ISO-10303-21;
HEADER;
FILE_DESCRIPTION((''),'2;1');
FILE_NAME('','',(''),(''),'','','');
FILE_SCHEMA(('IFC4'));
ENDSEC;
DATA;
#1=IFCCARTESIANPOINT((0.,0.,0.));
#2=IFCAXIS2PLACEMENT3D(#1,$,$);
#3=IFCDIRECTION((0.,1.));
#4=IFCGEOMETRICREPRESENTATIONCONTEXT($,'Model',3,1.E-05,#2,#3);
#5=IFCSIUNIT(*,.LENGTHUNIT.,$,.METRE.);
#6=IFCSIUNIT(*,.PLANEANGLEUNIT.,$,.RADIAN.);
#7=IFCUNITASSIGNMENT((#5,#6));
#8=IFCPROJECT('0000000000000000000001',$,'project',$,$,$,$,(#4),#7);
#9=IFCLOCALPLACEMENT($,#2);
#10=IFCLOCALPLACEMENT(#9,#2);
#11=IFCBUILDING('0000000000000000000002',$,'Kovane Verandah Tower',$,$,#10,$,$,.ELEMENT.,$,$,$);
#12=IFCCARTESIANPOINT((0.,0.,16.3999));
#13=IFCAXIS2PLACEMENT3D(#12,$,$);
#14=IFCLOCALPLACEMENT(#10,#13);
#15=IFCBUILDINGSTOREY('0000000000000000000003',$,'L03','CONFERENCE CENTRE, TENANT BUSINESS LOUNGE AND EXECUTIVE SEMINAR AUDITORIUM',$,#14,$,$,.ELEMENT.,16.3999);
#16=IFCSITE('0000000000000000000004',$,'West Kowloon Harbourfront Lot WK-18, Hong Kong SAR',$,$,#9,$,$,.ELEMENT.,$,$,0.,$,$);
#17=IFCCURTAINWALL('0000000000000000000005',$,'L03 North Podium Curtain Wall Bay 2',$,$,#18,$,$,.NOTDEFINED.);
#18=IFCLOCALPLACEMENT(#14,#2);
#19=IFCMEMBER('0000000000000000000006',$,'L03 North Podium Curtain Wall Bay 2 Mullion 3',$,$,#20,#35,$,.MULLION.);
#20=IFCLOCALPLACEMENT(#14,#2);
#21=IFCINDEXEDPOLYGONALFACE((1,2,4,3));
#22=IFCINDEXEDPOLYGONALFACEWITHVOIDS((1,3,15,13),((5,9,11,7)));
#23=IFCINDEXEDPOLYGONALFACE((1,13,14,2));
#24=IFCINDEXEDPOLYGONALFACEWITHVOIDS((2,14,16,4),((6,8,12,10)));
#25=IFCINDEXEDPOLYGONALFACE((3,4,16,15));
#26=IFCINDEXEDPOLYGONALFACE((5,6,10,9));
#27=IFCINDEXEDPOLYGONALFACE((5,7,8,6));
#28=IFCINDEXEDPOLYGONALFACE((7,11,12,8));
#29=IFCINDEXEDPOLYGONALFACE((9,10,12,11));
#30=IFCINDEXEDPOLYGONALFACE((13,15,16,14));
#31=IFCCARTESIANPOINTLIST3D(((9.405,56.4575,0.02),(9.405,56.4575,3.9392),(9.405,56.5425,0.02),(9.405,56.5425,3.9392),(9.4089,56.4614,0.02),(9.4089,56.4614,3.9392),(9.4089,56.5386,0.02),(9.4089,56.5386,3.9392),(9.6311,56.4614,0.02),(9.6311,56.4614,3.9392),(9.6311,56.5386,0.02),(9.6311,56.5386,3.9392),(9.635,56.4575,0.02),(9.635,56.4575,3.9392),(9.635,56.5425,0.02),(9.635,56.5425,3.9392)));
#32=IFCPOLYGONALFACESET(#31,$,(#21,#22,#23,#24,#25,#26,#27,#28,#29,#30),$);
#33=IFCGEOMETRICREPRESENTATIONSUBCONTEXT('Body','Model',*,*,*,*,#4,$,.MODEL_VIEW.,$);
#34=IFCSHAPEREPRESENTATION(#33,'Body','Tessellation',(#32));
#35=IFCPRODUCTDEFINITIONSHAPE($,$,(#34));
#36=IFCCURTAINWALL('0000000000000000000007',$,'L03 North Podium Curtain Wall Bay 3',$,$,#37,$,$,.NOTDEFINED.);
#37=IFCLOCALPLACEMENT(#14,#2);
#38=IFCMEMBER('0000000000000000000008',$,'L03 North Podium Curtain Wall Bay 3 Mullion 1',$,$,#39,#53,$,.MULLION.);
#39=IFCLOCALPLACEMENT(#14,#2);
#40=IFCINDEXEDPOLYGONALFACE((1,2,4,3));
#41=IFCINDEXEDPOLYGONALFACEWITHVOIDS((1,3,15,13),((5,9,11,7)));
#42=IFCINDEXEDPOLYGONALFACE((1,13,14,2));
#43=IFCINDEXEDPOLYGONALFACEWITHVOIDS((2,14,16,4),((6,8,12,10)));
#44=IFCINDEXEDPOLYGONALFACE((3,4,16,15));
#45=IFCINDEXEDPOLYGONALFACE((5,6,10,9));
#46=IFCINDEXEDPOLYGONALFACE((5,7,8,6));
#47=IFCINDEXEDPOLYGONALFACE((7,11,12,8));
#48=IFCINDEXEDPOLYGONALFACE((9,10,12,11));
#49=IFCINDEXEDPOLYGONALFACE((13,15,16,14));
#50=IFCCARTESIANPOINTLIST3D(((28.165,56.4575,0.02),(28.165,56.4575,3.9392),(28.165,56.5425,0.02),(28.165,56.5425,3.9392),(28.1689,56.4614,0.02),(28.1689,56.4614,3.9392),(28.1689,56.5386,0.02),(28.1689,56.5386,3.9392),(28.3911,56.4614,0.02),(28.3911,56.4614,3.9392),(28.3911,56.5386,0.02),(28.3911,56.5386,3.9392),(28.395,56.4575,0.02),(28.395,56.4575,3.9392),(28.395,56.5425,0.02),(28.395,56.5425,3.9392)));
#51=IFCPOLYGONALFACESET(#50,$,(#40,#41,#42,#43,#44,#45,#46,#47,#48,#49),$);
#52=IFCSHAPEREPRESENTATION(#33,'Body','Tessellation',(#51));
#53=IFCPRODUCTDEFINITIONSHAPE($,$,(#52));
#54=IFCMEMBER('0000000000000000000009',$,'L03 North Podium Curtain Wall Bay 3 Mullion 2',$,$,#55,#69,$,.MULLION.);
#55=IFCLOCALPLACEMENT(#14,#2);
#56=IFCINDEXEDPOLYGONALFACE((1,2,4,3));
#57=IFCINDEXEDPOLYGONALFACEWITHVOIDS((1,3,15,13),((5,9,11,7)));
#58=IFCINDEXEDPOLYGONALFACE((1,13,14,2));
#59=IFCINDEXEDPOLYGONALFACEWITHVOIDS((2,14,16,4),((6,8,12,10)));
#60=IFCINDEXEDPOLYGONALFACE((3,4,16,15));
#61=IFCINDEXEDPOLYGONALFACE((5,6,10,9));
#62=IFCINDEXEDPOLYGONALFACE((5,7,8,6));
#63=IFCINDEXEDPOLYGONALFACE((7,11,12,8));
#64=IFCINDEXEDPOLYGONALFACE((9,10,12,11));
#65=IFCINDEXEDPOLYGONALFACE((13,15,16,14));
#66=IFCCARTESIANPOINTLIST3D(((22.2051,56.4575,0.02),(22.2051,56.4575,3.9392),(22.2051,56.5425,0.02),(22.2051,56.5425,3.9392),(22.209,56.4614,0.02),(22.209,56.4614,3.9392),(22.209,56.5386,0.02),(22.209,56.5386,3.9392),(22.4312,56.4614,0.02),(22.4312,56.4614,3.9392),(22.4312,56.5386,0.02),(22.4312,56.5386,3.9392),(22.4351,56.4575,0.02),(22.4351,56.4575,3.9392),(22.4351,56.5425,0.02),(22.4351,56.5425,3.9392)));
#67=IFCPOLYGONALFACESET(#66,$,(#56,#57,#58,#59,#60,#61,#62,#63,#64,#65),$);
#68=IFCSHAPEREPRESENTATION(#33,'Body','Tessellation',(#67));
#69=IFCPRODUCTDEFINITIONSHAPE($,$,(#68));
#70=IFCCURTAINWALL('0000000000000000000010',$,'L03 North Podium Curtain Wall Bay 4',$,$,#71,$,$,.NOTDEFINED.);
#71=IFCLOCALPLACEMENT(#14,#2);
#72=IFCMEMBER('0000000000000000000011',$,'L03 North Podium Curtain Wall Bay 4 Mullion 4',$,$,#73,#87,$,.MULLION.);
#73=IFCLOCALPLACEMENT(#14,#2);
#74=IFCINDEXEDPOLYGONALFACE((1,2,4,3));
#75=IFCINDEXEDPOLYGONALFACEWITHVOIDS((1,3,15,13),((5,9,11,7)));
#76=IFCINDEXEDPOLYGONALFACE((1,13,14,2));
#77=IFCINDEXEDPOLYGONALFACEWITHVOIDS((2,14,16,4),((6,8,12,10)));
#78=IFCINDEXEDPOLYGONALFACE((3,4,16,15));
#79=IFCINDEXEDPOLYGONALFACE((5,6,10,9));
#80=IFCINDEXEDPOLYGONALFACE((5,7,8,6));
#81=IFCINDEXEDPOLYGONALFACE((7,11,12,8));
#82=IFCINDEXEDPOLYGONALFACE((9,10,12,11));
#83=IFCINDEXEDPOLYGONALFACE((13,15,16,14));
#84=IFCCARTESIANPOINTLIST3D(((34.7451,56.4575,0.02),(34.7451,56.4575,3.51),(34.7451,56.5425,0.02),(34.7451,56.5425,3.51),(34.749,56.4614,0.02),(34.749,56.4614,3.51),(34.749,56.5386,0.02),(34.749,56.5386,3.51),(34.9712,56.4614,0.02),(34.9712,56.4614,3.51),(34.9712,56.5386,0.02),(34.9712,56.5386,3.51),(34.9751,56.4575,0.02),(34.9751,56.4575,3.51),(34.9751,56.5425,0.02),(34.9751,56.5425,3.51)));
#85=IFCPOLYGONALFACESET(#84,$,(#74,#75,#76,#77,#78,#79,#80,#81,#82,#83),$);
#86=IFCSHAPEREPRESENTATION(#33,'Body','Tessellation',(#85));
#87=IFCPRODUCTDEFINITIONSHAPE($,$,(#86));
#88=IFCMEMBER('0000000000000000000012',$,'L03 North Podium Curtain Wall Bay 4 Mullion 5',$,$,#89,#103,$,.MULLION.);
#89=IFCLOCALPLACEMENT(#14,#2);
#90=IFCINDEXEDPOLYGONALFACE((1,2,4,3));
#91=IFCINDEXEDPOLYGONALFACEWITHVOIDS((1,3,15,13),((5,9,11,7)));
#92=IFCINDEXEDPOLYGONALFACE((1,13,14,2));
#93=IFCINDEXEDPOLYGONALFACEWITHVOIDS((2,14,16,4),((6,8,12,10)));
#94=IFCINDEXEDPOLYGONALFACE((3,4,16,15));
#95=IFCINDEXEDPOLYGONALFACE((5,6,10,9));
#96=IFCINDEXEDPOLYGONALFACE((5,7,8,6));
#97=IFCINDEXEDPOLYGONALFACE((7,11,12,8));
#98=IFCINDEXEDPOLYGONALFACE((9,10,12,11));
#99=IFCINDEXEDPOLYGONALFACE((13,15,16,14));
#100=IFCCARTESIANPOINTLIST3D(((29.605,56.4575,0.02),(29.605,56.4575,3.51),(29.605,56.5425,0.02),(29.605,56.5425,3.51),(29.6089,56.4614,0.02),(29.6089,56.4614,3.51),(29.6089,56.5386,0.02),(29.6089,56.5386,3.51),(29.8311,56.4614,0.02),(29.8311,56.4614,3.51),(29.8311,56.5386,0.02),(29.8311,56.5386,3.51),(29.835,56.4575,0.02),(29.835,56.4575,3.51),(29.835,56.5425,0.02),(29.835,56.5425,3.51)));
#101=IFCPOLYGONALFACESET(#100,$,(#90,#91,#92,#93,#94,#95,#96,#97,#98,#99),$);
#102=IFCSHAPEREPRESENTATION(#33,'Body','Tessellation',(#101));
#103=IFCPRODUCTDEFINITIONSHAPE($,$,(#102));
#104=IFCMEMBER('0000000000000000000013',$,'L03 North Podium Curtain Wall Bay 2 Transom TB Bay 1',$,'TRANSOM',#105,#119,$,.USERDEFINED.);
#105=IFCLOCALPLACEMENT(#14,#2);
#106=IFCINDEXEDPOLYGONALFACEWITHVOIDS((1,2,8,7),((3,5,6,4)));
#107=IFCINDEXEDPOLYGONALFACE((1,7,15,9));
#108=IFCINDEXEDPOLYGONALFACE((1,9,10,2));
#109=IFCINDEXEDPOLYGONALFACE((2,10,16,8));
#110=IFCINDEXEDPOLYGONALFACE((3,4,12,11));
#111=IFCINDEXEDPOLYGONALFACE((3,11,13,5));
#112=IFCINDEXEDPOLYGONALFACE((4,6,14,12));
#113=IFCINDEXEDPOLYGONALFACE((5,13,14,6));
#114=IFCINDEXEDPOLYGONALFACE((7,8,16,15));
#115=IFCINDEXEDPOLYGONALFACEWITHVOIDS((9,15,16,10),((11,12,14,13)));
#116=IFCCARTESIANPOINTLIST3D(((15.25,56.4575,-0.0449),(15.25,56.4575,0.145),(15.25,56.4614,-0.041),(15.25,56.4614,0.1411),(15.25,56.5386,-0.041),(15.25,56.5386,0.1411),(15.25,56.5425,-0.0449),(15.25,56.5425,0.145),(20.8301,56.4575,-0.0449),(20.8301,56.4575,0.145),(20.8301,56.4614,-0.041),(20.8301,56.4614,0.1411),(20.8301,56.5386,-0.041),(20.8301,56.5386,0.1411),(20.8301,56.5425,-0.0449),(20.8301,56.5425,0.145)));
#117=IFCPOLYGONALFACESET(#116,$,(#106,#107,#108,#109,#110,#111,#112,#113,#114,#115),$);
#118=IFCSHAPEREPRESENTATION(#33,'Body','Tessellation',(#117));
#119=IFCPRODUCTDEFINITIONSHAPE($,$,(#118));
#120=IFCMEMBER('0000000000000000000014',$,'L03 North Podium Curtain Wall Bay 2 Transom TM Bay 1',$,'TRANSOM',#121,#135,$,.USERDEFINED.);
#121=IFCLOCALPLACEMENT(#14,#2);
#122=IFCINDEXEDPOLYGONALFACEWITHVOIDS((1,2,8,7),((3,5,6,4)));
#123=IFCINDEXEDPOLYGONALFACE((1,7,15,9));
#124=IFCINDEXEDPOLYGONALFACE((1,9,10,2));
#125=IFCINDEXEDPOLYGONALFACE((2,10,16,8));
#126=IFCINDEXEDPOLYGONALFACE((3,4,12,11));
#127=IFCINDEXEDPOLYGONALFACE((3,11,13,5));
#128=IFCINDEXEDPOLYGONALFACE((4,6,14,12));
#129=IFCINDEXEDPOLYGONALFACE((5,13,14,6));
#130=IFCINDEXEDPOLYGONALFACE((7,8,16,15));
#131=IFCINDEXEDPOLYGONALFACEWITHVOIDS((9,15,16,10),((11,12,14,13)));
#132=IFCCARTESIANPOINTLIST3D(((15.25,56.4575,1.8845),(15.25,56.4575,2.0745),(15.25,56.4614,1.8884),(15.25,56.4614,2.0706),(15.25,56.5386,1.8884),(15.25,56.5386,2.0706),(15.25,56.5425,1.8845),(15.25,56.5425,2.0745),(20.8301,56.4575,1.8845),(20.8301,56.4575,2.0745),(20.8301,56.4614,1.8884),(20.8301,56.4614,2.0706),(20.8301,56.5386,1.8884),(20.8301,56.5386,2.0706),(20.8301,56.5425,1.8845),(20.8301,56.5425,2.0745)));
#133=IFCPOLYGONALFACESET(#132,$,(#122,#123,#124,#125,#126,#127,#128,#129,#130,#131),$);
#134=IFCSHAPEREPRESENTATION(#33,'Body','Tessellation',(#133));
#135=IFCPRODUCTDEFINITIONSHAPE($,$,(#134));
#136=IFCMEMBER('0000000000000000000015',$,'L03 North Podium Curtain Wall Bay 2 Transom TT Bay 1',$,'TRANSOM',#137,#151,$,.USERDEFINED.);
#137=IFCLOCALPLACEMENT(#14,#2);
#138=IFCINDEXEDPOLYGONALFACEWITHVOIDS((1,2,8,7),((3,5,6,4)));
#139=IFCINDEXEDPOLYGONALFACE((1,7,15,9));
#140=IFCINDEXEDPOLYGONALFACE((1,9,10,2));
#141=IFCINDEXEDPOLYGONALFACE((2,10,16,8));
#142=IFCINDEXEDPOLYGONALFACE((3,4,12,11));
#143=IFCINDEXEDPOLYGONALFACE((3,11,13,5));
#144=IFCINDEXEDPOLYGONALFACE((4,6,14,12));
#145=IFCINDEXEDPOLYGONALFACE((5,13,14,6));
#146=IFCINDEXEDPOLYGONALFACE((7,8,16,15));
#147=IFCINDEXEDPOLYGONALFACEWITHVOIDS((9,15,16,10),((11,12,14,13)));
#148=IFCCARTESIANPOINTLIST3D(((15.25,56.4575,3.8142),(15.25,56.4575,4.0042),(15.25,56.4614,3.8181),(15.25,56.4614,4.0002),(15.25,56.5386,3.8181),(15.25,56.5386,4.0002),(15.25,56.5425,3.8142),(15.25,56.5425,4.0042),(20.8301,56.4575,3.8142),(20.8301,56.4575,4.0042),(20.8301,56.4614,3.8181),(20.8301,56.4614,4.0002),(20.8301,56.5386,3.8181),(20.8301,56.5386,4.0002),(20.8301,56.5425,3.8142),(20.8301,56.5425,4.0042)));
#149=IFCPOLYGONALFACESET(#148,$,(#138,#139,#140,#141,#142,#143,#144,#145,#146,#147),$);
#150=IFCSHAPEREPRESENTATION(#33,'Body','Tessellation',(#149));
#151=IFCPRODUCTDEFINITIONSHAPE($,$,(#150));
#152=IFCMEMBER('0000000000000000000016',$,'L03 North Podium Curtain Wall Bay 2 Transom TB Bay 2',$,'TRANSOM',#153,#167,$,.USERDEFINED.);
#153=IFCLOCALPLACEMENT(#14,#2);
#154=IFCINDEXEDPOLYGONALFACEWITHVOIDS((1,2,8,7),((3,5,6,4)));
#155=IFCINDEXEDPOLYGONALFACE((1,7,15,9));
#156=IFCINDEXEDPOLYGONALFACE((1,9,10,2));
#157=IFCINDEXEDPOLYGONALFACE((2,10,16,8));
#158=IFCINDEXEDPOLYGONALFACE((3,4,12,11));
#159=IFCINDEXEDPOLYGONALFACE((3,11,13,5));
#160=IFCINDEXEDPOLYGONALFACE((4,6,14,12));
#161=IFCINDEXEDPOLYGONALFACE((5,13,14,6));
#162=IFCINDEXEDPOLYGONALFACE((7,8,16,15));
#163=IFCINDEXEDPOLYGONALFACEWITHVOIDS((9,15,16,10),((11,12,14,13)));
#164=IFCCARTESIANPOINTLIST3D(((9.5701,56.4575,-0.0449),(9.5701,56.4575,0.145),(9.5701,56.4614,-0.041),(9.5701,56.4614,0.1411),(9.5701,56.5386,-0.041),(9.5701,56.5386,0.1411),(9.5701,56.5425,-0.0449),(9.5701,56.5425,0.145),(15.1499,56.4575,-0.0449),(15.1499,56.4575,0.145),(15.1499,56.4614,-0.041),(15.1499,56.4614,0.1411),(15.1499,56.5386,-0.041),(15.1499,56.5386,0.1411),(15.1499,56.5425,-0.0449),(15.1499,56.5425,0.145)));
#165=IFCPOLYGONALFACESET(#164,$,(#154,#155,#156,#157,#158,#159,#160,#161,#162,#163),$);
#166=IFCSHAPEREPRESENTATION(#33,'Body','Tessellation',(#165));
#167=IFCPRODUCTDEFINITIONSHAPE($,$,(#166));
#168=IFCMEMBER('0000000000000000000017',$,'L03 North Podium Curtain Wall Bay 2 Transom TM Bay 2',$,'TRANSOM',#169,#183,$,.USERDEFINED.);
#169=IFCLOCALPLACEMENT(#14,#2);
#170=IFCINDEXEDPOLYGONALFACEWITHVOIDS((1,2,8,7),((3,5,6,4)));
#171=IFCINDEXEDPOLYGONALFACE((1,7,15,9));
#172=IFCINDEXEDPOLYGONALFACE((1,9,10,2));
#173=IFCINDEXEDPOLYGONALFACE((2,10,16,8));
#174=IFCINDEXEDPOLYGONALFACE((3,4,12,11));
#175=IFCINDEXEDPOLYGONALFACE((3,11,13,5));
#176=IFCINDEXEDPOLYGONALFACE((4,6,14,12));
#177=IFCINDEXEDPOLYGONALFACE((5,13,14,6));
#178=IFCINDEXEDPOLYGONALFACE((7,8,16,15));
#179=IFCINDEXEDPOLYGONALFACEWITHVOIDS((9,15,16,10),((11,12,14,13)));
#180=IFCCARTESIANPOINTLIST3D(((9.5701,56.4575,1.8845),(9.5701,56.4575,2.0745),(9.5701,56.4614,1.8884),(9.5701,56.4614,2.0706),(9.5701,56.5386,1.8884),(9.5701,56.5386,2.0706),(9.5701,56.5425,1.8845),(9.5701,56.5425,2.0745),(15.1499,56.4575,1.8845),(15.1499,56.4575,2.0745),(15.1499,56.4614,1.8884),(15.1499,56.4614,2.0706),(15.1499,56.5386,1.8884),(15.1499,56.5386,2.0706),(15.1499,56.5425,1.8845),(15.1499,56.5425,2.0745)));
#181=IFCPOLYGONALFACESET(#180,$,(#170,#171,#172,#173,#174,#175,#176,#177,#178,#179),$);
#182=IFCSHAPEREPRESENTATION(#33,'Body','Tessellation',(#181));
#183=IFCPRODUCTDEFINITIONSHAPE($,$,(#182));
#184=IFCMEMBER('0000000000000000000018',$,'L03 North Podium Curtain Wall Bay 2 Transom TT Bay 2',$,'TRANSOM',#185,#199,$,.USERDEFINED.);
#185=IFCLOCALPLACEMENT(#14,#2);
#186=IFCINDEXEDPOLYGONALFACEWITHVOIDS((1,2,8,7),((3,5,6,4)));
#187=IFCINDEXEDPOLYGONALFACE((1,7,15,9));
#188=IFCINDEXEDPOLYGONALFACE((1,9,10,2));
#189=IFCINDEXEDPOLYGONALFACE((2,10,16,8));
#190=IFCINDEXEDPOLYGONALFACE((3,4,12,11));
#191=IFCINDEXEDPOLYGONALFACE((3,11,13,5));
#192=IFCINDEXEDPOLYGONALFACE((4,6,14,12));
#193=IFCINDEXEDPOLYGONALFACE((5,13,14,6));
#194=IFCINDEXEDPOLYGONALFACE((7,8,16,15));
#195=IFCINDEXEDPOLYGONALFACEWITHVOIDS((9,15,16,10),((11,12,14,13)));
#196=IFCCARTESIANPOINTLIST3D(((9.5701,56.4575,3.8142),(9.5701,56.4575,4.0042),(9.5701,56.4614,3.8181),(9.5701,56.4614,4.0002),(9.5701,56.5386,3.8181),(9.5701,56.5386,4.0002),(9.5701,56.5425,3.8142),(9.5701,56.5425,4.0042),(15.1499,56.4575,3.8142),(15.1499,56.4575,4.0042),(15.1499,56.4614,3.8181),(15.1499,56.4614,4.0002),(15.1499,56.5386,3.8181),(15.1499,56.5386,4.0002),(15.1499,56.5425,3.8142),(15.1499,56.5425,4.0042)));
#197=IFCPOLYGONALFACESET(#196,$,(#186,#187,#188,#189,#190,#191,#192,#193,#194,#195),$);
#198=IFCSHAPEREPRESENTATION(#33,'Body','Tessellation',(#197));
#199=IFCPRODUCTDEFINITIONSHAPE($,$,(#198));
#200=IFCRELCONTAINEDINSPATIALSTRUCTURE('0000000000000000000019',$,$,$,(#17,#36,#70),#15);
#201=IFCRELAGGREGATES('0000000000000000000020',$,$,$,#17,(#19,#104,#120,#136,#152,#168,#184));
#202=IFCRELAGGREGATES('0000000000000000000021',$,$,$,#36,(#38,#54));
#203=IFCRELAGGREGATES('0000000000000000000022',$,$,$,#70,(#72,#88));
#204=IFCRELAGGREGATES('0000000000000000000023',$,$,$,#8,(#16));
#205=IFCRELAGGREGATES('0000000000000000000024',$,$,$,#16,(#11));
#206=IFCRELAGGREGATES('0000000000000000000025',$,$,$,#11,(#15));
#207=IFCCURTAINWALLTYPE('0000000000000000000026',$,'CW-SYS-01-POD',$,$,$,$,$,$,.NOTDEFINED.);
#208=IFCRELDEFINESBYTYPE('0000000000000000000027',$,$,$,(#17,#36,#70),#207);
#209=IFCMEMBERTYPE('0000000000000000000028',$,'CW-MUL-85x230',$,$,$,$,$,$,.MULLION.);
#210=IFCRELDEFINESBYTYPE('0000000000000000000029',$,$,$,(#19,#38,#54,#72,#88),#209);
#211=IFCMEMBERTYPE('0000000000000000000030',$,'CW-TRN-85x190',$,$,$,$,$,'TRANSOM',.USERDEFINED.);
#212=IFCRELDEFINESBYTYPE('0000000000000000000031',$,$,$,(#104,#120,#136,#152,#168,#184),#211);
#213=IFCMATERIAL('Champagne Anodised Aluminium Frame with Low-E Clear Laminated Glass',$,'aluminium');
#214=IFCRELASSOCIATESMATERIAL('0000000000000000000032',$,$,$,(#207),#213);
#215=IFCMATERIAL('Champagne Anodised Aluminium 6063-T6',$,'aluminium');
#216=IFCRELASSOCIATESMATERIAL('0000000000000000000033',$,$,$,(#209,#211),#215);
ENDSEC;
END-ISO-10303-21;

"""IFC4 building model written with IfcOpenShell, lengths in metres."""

from ifc_helpers import new_model, si_unit, direction, frame, origin, origin_2d, place, context, subcontext, project, spatial, hollow_rectangle, extrude, material, material_profile, profile_set, type_object, element, aggregate, save


model = new_model("IFC4")

# Units and contexts
model_context = context("Model", 3, precision=1e-05, world=origin(), true_north=direction((0.0, 1.0)))
body_context = subcontext(model_context, "Body", "Model", "MODEL_VIEW")
ifc_project = project(units=[si_unit("LENGTHUNIT", "METRE"), si_unit("PLANEANGLEUNIT", "RADIAN")], contexts=[model_context])

# Site, building, storey
site_placement = place(None, origin())
site = spatial("IfcSite", under=ifc_project, at=site_placement, Name="West Kowloon Harbourfront Lot WK-18, Hong Kong SAR", CompositionType="ELEMENT", RefElevation=0.0)
building_placement = place(site_placement, origin())
building = spatial("IfcBuilding", under=site, at=building_placement, Name="Kovane Verandah Tower", CompositionType="ELEMENT")
storey_placement = place(building_placement, frame((0.0, 0.0, 16.3999)))
storey = spatial("IfcBuildingStorey", under=building, at=storey_placement, Name="L03", Description="CONFERENCE CENTRE, TENANT BUSINESS LOUNGE AND EXECUTIVE SEMINAR AUDITORIUM", CompositionType="ELEMENT", Elevation=16.3999)

# Curtain walls, members
ifc_material_1 = material(Name="Champagne Anodised Aluminium Frame with Low-E Clear Laminated Glass", Category="aluminium")
curtain_wall_type = type_object("IfcCurtainWallType", Name="CW-SYS-01-POD", PredefinedType="NOTDEFINED", material=ifc_material_1)
curtain_wall_1_placement = place(storey_placement, origin())
curtain_wall_1 = element("IfcCurtainWall", 1, at=curtain_wall_1_placement, inside=storey, type_object=curtain_wall_type, Name="L03 North Podium Curtain Wall Bay 2", PredefinedType="NOTDEFINED")
ifc_material_2 = material(Name="Champagne Anodised Aluminium 6063-T6", Category="aluminium")
ifc_material_profile_1 = material_profile(ifc_material_2, hollow_rectangle(XDim=0.085, YDim=0.23, WallThickness=0.0039, at=origin_2d()), Name="AL85x230x4")
ifc_profile_set_1 = profile_set([ifc_material_profile_1], Name="Champagne Anodised Aluminium 6063-T6")
member_type_1 = type_object("IfcMemberType", Name="CW-MUL-85x230", PredefinedType="MULLION", material=ifc_profile_set_1)
member_1_placement = place(storey_placement, frame((9.52, 56.5, 0.02), z_axis=(0.0, 0.0, 1.0), x_axis=(0.0, 1.0, 0.0)))
member_1 = element("IfcMember", 2, at=member_1_placement, type_object=member_type_1, Name="L03 North Podium Curtain Wall Bay 2 Mullion 3", PredefinedType="MULLION", context=body_context, shape_type="SweptSolid", body=[
    extrude(hollow_rectangle(XDim=0.085, YDim=0.23, WallThickness=0.0039, at=origin_2d()), origin(), (0.0, 0.0, 1.0), 3.9192),
])
curtain_wall_2_placement = place(storey_placement, origin())
curtain_wall_2 = element("IfcCurtainWall", 3, at=curtain_wall_2_placement, inside=storey, type_object=curtain_wall_type, Name="L03 North Podium Curtain Wall Bay 3", PredefinedType="NOTDEFINED")
member_2_placement = place(storey_placement, frame((28.28, 56.5, 0.02), z_axis=(0.0, 0.0, 1.0), x_axis=(0.0, 1.0, 0.0)))
member_2 = element("IfcMember", 4, at=member_2_placement, type_object=member_type_1, Name="L03 North Podium Curtain Wall Bay 3 Mullion 1", PredefinedType="MULLION", context=body_context, shape_type="SweptSolid", body=[
    extrude(hollow_rectangle(XDim=0.085, YDim=0.23, WallThickness=0.0039, at=origin_2d()), origin(), (0.0, 0.0, 1.0), 3.9192),
])
member_3_placement = place(storey_placement, frame((22.3201, 56.5, 0.02), z_axis=(0.0, 0.0, 1.0), x_axis=(0.0, 1.0, 0.0)))
member_3 = element("IfcMember", 5, at=member_3_placement, type_object=member_type_1, Name="L03 North Podium Curtain Wall Bay 3 Mullion 2", PredefinedType="MULLION", context=body_context, shape_type="SweptSolid", body=[
    extrude(hollow_rectangle(XDim=0.085, YDim=0.23, WallThickness=0.0039, at=origin_2d()), origin(), (0.0, 0.0, 1.0), 3.9192),
])
curtain_wall_3_placement = place(storey_placement, origin())
curtain_wall_3 = element("IfcCurtainWall", 6, at=curtain_wall_3_placement, inside=storey, type_object=curtain_wall_type, Name="L03 North Podium Curtain Wall Bay 4", PredefinedType="NOTDEFINED")
member_4_placement = place(storey_placement, frame((34.8601, 56.5, 0.02), z_axis=(0.0, 0.0, 1.0), x_axis=(0.0, 1.0, 0.0)))
member_4 = element("IfcMember", 7, at=member_4_placement, type_object=member_type_1, Name="L03 North Podium Curtain Wall Bay 4 Mullion 4", PredefinedType="MULLION", context=body_context, shape_type="SweptSolid", body=[
    extrude(hollow_rectangle(XDim=0.085, YDim=0.23, WallThickness=0.0039, at=origin_2d()), origin(), (0.0, 0.0, 1.0), 3.49),
])
member_5_placement = place(storey_placement, frame((29.72, 56.5, 0.02), z_axis=(0.0, 0.0, 1.0), x_axis=(0.0, 1.0, 0.0)))
member_5 = element("IfcMember", 8, at=member_5_placement, type_object=member_type_1, Name="L03 North Podium Curtain Wall Bay 4 Mullion 5", PredefinedType="MULLION", context=body_context, shape_type="SweptSolid", body=[
    extrude(hollow_rectangle(XDim=0.085, YDim=0.23, WallThickness=0.0039, at=origin_2d()), origin(), (0.0, 0.0, 1.0), 3.49),
])

# Members
ifc_material_profile_2 = material_profile(ifc_material_2, hollow_rectangle(XDim=0.085, YDim=0.1899, WallThickness=0.0039, at=origin_2d()), Name="AL85x190x4")
ifc_profile_set_2 = profile_set([ifc_material_profile_2], Name="Champagne Anodised Aluminium 6063-T6")
member_type_2 = type_object("IfcMemberType", Name="CW-TRN-85x190", ElementType="TRANSOM", PredefinedType="USERDEFINED", material=ifc_profile_set_2)
member_6_placement = place(storey_placement, frame((20.8301, 56.5, 0.05), z_axis=(-1.0, 0.0, 0.0), x_axis=(0.0, -1.0, 0.0)))
member_6 = element("IfcMember", 9, at=member_6_placement, type_object=member_type_2, Name="L03 North Podium Curtain Wall Bay 2 Transom TB Bay 1", ObjectType="TRANSOM", PredefinedType="USERDEFINED", context=body_context, shape_type="SweptSolid", body=[
    extrude(hollow_rectangle(XDim=0.085, YDim=0.1899, WallThickness=0.0039, at=origin_2d()), origin(), (0.0, 0.0, 1.0), 5.5801),
])
member_7_placement = place(storey_placement, frame((20.8301, 56.5, 1.9795), z_axis=(-1.0, 0.0, 0.0), x_axis=(0.0, -1.0, 0.0)))
member_7 = element("IfcMember", 10, at=member_7_placement, type_object=member_type_2, Name="L03 North Podium Curtain Wall Bay 2 Transom TM Bay 1", ObjectType="TRANSOM", PredefinedType="USERDEFINED", context=body_context, shape_type="SweptSolid", body=[
    extrude(hollow_rectangle(XDim=0.085, YDim=0.1899, WallThickness=0.0039, at=origin_2d()), origin(), (0.0, 0.0, 1.0), 5.5801),
])
member_8_placement = place(storey_placement, frame((20.8301, 56.5, 3.9092), z_axis=(-1.0, 0.0, 0.0), x_axis=(0.0, -1.0, 0.0)))
member_8 = element("IfcMember", 11, at=member_8_placement, type_object=member_type_2, Name="L03 North Podium Curtain Wall Bay 2 Transom TT Bay 1", ObjectType="TRANSOM", PredefinedType="USERDEFINED", context=body_context, shape_type="SweptSolid", body=[
    extrude(hollow_rectangle(XDim=0.085, YDim=0.1899, WallThickness=0.0039, at=origin_2d()), origin(), (0.0, 0.0, 1.0), 5.5801),
])
member_9_placement = place(storey_placement, frame((15.1499, 56.5, 0.05), z_axis=(-1.0, 0.0, 0.0), x_axis=(0.0, -1.0, 0.0)))
member_9 = element("IfcMember", 12, at=member_9_placement, type_object=member_type_2, Name="L03 North Podium Curtain Wall Bay 2 Transom TB Bay 2", ObjectType="TRANSOM", PredefinedType="USERDEFINED", context=body_context, shape_type="SweptSolid", body=[
    extrude(hollow_rectangle(XDim=0.085, YDim=0.1899, WallThickness=0.0039, at=origin_2d()), origin(), (0.0, 0.0, 1.0), 5.5798),
])
member_10_placement = place(storey_placement, frame((15.1499, 56.5, 1.9795), z_axis=(-1.0, 0.0, 0.0), x_axis=(0.0, -1.0, 0.0)))
member_10 = element("IfcMember", 13, at=member_10_placement, type_object=member_type_2, Name="L03 North Podium Curtain Wall Bay 2 Transom TM Bay 2", ObjectType="TRANSOM", PredefinedType="USERDEFINED", context=body_context, shape_type="SweptSolid", body=[
    extrude(hollow_rectangle(XDim=0.085, YDim=0.1899, WallThickness=0.0039, at=origin_2d()), origin(), (0.0, 0.0, 1.0), 5.5798),
])
member_11_placement = place(storey_placement, frame((15.1499, 56.5, 3.9092), z_axis=(-1.0, 0.0, 0.0), x_axis=(0.0, -1.0, 0.0)))
member_11 = element("IfcMember", 14, at=member_11_placement, type_object=member_type_2, Name="L03 North Podium Curtain Wall Bay 2 Transom TT Bay 2", ObjectType="TRANSOM", PredefinedType="USERDEFINED", context=body_context, shape_type="SweptSolid", body=[
    extrude(hollow_rectangle(XDim=0.085, YDim=0.1899, WallThickness=0.0039, at=origin_2d()), origin(), (0.0, 0.0, 1.0), 5.5798),
])

aggregate(curtain_wall_1, [member_1, member_6, member_7, member_8, member_9, member_10, member_11])
aggregate(curtain_wall_2, [member_2, member_3])
aggregate(curtain_wall_3, [member_4, member_5])

save(model, "model.ifc")
